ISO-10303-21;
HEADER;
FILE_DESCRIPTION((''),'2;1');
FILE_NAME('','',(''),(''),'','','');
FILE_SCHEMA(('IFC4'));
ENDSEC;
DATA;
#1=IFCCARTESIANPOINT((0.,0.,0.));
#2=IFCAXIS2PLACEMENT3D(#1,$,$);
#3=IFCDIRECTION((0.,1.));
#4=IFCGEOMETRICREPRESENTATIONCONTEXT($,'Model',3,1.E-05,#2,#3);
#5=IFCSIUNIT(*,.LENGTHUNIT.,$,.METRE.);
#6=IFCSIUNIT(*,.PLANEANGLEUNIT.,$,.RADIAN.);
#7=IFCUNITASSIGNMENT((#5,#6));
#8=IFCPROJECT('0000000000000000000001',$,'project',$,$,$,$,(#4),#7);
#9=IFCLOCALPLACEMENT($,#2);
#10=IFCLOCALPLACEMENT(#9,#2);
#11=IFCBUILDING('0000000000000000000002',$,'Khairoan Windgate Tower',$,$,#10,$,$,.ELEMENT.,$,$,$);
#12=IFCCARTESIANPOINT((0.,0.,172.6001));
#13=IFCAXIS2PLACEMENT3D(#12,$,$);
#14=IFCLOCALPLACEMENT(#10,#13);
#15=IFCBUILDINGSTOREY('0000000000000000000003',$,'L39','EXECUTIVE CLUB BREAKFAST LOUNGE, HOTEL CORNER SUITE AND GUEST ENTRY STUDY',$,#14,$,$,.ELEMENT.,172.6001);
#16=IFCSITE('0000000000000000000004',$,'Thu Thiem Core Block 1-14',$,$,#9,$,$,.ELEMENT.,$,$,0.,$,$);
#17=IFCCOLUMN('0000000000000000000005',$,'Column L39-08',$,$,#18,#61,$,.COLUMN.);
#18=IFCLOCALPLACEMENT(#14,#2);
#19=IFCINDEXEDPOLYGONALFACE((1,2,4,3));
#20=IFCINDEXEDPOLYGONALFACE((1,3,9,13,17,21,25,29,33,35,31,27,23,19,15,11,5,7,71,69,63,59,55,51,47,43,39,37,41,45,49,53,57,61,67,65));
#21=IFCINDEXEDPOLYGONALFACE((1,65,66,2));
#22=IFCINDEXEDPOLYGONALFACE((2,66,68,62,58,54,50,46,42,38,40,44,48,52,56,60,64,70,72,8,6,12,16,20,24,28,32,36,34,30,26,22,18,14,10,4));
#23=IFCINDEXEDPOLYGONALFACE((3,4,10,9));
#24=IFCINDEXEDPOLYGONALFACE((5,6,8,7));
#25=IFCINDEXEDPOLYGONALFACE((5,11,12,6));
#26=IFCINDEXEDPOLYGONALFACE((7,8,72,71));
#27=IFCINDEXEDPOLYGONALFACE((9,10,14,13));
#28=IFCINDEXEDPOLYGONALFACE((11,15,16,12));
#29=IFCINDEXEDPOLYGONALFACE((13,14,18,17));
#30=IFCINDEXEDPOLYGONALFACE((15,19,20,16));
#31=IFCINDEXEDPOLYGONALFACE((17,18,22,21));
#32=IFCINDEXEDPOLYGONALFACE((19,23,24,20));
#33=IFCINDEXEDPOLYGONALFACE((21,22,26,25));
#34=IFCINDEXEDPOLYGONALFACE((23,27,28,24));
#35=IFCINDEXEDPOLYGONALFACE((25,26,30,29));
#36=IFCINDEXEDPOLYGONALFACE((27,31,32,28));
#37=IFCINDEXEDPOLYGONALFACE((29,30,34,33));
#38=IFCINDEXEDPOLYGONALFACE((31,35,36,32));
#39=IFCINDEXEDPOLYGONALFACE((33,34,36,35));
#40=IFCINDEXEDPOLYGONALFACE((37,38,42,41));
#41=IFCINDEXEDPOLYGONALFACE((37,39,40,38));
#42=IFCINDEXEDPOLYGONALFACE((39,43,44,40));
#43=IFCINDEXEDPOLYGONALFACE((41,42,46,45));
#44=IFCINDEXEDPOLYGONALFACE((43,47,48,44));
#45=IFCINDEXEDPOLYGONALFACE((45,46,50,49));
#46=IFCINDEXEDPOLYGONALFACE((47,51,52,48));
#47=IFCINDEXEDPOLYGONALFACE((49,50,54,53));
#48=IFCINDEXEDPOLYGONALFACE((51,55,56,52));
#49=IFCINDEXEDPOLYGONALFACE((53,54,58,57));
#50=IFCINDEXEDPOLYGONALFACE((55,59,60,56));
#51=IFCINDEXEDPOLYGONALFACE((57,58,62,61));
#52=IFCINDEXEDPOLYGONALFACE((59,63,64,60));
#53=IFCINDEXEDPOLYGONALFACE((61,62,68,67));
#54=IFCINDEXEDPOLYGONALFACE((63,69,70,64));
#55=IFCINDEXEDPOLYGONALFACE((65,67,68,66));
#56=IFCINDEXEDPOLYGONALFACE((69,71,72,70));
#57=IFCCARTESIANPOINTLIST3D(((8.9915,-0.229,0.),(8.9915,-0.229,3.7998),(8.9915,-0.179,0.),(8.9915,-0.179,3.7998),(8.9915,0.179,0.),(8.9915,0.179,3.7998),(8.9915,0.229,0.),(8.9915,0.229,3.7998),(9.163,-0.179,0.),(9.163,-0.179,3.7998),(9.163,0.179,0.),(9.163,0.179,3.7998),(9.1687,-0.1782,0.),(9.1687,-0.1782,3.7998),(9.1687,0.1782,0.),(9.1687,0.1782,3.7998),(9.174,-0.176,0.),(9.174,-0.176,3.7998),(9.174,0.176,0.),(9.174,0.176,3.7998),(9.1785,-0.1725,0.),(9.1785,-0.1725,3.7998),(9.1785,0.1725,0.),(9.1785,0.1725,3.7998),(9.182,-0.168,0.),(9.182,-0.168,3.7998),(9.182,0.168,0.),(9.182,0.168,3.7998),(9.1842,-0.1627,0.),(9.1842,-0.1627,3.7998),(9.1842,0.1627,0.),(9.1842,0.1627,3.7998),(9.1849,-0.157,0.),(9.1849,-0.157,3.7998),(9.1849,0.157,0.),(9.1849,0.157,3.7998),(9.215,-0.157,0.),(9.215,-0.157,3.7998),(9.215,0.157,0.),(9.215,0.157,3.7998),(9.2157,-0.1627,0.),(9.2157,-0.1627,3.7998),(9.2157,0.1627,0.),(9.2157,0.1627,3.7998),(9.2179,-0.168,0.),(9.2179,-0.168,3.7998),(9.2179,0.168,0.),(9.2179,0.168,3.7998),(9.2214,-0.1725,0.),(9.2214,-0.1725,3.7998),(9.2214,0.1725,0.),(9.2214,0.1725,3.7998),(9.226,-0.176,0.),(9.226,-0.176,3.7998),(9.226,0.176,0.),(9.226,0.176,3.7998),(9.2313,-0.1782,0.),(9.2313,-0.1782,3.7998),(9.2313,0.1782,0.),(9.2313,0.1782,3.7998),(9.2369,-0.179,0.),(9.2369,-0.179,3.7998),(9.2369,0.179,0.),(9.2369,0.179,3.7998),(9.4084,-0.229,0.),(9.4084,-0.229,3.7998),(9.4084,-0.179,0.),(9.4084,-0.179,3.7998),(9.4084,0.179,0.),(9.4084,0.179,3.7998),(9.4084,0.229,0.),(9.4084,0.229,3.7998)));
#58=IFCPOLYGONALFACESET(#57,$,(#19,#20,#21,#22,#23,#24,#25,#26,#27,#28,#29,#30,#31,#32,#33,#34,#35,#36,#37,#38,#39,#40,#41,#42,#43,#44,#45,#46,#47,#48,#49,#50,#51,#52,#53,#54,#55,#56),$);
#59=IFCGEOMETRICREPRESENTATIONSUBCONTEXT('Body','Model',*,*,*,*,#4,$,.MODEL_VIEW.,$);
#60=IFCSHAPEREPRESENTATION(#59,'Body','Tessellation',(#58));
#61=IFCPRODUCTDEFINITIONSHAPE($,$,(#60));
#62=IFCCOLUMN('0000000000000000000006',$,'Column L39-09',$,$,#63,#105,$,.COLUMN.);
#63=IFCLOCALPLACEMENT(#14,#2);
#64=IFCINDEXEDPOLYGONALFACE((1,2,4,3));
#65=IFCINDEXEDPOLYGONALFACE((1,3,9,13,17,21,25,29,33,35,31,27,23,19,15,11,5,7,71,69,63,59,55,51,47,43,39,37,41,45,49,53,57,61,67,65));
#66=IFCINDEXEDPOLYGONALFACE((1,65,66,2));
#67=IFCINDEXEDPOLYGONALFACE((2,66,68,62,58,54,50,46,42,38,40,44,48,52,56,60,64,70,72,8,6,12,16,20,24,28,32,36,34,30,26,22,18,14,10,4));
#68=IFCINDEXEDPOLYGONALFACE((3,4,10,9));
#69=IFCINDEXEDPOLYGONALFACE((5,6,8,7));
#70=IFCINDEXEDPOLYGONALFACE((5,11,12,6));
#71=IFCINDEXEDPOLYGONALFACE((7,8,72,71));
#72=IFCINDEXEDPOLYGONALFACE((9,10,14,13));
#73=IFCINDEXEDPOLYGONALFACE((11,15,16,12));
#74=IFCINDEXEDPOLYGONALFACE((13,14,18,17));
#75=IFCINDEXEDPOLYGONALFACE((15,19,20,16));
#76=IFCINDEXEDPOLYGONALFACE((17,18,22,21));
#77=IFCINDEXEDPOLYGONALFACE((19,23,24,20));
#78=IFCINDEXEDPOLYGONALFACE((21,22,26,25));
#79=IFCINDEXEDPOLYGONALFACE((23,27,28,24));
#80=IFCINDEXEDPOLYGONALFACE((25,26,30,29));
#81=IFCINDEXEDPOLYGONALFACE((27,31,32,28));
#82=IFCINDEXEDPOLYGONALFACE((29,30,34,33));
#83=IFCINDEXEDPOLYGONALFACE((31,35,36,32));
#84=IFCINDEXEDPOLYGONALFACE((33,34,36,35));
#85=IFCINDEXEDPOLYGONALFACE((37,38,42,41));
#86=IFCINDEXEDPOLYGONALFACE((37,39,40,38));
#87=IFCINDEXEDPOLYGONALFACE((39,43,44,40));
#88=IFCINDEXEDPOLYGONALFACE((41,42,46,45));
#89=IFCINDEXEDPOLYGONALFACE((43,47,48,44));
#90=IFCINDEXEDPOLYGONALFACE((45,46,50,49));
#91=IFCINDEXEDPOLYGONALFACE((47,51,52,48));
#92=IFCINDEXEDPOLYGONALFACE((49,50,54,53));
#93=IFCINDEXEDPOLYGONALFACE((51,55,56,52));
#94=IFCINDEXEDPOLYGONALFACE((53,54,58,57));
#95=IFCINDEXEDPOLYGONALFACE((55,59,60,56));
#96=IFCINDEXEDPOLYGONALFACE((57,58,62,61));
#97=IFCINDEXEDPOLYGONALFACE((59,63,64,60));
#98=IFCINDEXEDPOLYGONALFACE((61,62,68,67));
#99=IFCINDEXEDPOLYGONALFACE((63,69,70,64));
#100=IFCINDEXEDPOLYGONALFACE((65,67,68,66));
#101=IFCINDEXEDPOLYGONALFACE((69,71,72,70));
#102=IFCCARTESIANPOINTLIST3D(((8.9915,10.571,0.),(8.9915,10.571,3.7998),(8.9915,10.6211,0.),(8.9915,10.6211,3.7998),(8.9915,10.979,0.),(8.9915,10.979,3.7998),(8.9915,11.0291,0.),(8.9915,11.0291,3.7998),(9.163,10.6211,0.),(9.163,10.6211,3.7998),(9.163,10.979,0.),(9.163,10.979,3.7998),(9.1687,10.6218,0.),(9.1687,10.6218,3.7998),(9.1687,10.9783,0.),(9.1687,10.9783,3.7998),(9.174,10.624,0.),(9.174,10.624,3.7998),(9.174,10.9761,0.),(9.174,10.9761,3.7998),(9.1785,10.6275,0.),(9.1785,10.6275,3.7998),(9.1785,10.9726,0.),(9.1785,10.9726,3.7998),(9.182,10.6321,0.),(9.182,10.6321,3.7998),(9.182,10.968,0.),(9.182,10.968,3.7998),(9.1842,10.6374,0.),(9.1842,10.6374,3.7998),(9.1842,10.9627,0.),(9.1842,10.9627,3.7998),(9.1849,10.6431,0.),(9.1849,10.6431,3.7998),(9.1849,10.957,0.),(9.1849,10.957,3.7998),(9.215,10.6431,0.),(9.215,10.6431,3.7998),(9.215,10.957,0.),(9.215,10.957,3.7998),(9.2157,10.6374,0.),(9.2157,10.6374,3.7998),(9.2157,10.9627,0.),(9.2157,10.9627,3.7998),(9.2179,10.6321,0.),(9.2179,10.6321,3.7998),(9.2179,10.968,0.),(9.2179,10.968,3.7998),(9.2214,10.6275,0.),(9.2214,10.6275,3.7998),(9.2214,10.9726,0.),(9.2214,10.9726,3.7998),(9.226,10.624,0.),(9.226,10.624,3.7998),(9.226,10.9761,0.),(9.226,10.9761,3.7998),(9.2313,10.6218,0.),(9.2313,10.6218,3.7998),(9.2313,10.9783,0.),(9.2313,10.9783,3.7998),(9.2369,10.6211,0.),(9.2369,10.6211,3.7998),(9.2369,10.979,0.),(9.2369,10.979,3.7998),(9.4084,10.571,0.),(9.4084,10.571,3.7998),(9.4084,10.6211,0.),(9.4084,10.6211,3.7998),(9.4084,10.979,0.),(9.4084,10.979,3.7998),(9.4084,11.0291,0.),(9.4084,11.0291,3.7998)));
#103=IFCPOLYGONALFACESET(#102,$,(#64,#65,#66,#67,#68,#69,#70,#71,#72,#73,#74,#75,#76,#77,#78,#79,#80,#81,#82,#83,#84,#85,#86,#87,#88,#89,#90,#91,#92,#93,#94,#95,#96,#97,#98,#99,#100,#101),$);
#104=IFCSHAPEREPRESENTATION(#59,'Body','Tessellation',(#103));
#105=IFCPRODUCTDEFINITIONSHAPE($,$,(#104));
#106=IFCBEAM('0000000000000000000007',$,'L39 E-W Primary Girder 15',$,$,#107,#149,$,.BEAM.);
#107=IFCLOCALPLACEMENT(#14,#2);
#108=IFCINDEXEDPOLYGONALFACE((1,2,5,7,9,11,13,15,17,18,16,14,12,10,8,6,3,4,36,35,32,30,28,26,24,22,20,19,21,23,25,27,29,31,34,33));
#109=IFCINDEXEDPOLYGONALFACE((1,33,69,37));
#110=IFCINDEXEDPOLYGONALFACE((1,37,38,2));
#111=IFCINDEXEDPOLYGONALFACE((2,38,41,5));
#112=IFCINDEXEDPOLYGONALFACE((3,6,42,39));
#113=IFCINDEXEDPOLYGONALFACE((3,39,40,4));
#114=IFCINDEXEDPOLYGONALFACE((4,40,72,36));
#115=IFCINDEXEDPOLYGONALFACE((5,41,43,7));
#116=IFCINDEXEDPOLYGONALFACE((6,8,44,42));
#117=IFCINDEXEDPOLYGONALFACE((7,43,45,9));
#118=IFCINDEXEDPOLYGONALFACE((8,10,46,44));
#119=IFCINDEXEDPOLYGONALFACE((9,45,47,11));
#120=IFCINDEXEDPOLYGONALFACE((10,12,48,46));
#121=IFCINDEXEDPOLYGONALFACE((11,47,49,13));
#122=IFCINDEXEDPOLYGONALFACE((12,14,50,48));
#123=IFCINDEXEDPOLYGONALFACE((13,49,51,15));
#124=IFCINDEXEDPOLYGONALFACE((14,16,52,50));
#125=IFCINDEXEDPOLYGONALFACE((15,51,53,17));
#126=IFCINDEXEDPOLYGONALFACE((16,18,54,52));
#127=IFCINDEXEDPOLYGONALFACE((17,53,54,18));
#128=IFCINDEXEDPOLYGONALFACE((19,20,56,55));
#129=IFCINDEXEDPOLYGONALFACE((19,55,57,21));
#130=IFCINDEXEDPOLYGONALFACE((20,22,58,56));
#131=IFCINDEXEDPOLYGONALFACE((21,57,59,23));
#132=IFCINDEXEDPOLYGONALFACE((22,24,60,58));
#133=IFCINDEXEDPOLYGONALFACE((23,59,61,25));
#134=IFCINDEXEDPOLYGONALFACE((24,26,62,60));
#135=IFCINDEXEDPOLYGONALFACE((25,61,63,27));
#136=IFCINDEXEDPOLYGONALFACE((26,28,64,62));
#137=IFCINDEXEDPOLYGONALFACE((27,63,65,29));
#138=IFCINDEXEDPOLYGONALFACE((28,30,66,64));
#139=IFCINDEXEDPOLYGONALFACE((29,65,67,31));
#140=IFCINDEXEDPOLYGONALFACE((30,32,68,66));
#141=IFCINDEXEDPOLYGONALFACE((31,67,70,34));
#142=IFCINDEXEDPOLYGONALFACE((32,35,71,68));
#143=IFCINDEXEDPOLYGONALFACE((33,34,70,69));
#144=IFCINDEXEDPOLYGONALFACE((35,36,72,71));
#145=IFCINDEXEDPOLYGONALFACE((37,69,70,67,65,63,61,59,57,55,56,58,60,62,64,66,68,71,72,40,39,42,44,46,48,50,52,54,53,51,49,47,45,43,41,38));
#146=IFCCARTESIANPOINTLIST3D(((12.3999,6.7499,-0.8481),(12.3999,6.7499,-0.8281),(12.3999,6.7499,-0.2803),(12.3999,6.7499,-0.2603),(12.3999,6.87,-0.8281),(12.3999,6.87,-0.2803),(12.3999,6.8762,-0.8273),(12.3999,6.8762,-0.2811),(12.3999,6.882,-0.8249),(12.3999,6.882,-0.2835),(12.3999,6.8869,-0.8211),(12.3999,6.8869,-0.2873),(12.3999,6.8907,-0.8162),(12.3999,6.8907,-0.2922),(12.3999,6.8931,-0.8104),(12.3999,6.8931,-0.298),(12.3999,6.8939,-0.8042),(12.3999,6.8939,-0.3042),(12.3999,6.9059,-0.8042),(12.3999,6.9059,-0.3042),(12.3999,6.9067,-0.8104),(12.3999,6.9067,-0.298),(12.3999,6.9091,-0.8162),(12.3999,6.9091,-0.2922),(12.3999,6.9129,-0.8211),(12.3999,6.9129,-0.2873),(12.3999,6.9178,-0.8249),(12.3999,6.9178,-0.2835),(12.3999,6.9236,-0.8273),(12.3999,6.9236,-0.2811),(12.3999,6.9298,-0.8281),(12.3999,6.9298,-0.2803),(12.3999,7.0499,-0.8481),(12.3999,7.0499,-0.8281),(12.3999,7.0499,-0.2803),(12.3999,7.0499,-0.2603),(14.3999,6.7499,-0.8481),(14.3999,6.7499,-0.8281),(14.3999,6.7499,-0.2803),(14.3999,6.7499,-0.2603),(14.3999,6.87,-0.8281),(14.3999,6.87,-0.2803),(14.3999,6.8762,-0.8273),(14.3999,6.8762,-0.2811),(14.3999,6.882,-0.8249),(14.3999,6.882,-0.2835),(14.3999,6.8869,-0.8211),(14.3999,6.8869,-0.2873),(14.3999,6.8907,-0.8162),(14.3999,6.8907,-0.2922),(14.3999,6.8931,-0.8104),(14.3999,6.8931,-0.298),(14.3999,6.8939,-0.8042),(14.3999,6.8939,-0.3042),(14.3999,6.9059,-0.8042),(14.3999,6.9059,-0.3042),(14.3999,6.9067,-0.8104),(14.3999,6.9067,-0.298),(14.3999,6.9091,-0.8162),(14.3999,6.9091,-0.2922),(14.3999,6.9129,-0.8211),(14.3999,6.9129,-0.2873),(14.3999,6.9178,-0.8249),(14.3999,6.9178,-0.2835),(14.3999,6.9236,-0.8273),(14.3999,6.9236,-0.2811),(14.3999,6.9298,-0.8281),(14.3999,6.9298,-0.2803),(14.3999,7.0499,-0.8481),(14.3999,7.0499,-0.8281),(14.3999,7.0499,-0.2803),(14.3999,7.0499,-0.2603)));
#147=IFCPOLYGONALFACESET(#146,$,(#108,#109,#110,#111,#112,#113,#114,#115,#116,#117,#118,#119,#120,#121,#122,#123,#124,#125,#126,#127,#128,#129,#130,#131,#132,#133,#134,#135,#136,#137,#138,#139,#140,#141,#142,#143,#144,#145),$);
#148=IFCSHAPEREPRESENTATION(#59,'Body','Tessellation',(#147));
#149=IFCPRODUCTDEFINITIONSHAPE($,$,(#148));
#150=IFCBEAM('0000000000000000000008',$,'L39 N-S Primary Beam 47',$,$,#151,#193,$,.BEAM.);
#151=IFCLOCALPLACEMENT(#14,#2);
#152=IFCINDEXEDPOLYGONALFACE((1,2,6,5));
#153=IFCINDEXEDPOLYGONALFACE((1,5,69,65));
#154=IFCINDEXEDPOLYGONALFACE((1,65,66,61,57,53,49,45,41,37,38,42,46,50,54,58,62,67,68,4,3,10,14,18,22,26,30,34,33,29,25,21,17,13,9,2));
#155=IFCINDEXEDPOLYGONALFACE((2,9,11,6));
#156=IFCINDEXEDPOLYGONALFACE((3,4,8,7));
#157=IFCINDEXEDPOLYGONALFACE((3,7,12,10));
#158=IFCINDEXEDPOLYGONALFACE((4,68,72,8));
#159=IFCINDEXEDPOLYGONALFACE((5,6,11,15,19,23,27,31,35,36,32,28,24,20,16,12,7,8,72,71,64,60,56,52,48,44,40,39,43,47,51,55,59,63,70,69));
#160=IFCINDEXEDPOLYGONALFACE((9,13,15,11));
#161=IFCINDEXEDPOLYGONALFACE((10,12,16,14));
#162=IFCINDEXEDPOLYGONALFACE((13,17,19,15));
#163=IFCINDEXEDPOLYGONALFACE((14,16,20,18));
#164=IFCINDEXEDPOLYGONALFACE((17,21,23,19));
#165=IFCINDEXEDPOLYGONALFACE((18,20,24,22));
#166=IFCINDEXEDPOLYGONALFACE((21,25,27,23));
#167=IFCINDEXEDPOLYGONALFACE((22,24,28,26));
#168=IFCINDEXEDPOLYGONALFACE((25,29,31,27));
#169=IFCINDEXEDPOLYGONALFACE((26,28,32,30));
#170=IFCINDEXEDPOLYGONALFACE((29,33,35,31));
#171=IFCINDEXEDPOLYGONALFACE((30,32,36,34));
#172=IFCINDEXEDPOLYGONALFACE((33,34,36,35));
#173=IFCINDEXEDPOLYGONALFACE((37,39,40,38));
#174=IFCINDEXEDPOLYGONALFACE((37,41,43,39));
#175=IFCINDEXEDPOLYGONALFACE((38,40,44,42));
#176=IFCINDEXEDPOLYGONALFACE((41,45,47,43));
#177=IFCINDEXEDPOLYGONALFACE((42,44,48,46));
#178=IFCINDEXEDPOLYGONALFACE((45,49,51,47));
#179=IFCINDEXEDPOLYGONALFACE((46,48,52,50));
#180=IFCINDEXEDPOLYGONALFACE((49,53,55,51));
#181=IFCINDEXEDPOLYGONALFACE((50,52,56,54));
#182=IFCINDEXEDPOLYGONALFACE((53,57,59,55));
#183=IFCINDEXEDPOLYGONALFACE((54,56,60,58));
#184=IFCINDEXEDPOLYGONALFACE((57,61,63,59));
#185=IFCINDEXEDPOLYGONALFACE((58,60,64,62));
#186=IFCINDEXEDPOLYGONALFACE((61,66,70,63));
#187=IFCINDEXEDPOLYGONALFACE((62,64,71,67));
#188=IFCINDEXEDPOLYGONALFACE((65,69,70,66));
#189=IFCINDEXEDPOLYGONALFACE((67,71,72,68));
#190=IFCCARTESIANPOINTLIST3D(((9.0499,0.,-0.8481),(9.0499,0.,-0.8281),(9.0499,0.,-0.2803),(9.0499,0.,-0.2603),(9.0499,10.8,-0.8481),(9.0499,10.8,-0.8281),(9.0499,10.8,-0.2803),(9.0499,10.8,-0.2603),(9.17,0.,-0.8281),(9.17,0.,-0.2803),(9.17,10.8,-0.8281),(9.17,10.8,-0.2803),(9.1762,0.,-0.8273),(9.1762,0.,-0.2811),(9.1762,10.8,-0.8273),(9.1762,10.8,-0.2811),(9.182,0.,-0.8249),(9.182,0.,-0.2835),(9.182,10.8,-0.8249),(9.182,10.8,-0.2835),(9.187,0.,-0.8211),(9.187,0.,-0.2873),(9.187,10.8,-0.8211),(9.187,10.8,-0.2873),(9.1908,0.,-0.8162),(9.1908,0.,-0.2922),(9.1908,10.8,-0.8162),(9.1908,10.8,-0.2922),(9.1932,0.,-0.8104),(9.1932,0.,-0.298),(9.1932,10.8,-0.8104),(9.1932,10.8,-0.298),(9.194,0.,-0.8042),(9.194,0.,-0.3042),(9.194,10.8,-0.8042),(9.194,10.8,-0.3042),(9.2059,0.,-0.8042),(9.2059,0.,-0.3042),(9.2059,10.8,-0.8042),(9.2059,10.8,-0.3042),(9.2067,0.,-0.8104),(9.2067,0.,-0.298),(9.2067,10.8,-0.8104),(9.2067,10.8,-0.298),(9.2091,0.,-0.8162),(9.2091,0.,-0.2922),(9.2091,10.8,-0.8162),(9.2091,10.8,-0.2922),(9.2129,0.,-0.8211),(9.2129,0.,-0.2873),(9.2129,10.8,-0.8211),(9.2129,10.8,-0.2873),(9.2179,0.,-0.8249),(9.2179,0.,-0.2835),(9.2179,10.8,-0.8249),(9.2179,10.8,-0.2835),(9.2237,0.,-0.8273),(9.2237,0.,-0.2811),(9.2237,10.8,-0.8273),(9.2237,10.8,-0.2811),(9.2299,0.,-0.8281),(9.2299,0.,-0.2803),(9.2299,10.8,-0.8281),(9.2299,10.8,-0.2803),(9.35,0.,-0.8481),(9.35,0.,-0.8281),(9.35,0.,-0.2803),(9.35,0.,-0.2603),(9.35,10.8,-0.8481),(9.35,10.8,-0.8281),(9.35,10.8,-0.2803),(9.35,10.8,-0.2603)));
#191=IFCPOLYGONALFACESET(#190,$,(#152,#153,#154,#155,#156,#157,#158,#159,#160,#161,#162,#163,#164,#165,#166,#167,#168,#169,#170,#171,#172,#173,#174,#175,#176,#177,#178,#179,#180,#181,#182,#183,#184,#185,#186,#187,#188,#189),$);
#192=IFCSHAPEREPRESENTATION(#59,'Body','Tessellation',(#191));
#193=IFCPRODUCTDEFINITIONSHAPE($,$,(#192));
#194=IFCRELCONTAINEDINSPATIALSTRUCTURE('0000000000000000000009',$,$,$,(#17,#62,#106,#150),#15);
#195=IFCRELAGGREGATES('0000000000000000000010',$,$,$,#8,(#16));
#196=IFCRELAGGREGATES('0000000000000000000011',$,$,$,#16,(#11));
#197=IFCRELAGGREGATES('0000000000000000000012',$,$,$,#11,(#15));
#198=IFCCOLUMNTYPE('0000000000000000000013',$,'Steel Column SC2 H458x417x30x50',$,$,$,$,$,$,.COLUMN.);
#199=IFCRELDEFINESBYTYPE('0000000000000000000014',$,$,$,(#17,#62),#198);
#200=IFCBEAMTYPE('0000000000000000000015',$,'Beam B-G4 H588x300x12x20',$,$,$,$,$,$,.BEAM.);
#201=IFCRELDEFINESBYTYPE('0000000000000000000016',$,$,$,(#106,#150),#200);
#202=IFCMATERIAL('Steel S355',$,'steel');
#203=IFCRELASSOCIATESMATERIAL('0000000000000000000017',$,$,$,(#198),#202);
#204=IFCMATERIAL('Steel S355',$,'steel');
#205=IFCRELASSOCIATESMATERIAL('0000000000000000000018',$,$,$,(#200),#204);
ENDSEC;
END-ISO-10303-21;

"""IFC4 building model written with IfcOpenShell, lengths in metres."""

from ifc_helpers import new_model, si_unit, direction, frame, origin, origin_2d, place, context, subcontext, project, spatial, i_section, extrude, material, material_profile, profile_set, type_object, element, save


model = new_model("IFC4")

# Units and contexts
model_context = context("Model", 3, precision=1e-05, world=origin(), true_north=direction((0.0, 1.0)))
body_context = subcontext(model_context, "Body", "Model", "MODEL_VIEW")
ifc_project = project(units=[si_unit("LENGTHUNIT", "METRE"), si_unit("PLANEANGLEUNIT", "RADIAN")], contexts=[model_context])

# Site, building, storey
site_placement = place(None, origin())
site = spatial("IfcSite", under=ifc_project, at=site_placement, Name="Thu Thiem Core Block 1-14", CompositionType="ELEMENT", RefElevation=0.0)
building_placement = place(site_placement, origin())
building = spatial("IfcBuilding", under=site, at=building_placement, Name="Khairoan Windgate Tower", CompositionType="ELEMENT")
storey_placement = place(building_placement, frame((0.0, 0.0, 172.6001)))
storey = spatial("IfcBuildingStorey", under=building, at=storey_placement, Name="L39", Description="EXECUTIVE CLUB BREAKFAST LOUNGE, HOTEL CORNER SUITE AND GUEST ENTRY STUDY", CompositionType="ELEMENT", Elevation=172.6001)

# Columns
ifc_material_1 = material(Name="Steel S355", Category="steel")
ifc_material_profile_1 = material_profile(ifc_material_1, i_section(OverallWidth=0.417, OverallDepth=0.458, WebThickness=0.03, FlangeThickness=0.05, FilletRadius=0.022, at=origin_2d()))
ifc_profile_set_1 = profile_set([ifc_material_profile_1], Name="Steel S355")
column_type = type_object("IfcColumnType", Name="Steel Column SC2 H458x417x30x50", PredefinedType="COLUMN", material=ifc_profile_set_1)
for number, where, z_axis, x_axis, name in (
    (1, (9.2, 0.0, 0.0), (0.0, 0.0, 1.0), (1.0, 0.0, 0.0), "Column L39-08"),
    (2, (9.2, 10.8, 0.0), (0.0, 0.0, 1.0), (1.0, 0.0, 0.0), "Column L39-09"),
):
    element("IfcColumn", number, at=place(storey_placement, frame(where, z_axis=z_axis, x_axis=x_axis)), inside=storey, type_object=column_type, Name=name, PredefinedType="COLUMN", context=body_context, shape_type="SweptSolid", body=[
        extrude(i_section(OverallWidth=0.417, OverallDepth=0.458, WebThickness=0.03, FlangeThickness=0.05, FilletRadius=0.022, at=origin_2d()), origin(), (0.0, 0.0, 1.0), 3.7998),
    ])

# Beams
ifc_material_2 = material(Name="Steel S355", Category="steel")
ifc_material_profile_2 = material_profile(ifc_material_2, i_section(OverallWidth=0.3, OverallDepth=0.5879, WebThickness=0.012, FlangeThickness=0.02, FilletRadius=0.0239, at=origin_2d()))
ifc_profile_set_2 = profile_set([ifc_material_profile_2], Name="Steel S355")
beam_type_1 = type_object("IfcBeamType", Name="Beam B-G4 H588x300x12x20", PredefinedType="BEAM", material=ifc_profile_set_2)
beam_1_placement = place(storey_placement, frame((12.3999, 6.8999, -0.5542), z_axis=(1.0, 0.0, 0.0), x_axis=(0.0, 1.0, 0.0)))
element("IfcBeam", 3, at=beam_1_placement, inside=storey, type_object=beam_type_1, Name="L39 E-W Primary Girder 15", PredefinedType="BEAM", context=body_context, shape_type="SweptSolid", body=[
    extrude(i_section(OverallWidth=0.3, OverallDepth=0.5879, WebThickness=0.012, FlangeThickness=0.02, FilletRadius=0.0239, at=origin_2d()), origin(), (0.0, 0.0, 1.0), 2.0),
])
beam_2_placement = place(storey_placement, frame((9.2, 0.0, -0.5542), z_axis=(0.0, 1.0, 0.0), x_axis=(-1.0, 0.0, 0.0)))
element("IfcBeam", 4, at=beam_2_placement, inside=storey, type_object=beam_type_1, Name="L39 N-S Primary Beam 47", PredefinedType="BEAM", context=body_context, shape_type="SweptSolid", body=[
    extrude(i_section(OverallWidth=0.3, OverallDepth=0.5879, WebThickness=0.012, FlangeThickness=0.02, FilletRadius=0.0239, at=origin_2d()), origin(), (0.0, 0.0, 1.0), 10.8),
])

save(model, "model.ifc")
